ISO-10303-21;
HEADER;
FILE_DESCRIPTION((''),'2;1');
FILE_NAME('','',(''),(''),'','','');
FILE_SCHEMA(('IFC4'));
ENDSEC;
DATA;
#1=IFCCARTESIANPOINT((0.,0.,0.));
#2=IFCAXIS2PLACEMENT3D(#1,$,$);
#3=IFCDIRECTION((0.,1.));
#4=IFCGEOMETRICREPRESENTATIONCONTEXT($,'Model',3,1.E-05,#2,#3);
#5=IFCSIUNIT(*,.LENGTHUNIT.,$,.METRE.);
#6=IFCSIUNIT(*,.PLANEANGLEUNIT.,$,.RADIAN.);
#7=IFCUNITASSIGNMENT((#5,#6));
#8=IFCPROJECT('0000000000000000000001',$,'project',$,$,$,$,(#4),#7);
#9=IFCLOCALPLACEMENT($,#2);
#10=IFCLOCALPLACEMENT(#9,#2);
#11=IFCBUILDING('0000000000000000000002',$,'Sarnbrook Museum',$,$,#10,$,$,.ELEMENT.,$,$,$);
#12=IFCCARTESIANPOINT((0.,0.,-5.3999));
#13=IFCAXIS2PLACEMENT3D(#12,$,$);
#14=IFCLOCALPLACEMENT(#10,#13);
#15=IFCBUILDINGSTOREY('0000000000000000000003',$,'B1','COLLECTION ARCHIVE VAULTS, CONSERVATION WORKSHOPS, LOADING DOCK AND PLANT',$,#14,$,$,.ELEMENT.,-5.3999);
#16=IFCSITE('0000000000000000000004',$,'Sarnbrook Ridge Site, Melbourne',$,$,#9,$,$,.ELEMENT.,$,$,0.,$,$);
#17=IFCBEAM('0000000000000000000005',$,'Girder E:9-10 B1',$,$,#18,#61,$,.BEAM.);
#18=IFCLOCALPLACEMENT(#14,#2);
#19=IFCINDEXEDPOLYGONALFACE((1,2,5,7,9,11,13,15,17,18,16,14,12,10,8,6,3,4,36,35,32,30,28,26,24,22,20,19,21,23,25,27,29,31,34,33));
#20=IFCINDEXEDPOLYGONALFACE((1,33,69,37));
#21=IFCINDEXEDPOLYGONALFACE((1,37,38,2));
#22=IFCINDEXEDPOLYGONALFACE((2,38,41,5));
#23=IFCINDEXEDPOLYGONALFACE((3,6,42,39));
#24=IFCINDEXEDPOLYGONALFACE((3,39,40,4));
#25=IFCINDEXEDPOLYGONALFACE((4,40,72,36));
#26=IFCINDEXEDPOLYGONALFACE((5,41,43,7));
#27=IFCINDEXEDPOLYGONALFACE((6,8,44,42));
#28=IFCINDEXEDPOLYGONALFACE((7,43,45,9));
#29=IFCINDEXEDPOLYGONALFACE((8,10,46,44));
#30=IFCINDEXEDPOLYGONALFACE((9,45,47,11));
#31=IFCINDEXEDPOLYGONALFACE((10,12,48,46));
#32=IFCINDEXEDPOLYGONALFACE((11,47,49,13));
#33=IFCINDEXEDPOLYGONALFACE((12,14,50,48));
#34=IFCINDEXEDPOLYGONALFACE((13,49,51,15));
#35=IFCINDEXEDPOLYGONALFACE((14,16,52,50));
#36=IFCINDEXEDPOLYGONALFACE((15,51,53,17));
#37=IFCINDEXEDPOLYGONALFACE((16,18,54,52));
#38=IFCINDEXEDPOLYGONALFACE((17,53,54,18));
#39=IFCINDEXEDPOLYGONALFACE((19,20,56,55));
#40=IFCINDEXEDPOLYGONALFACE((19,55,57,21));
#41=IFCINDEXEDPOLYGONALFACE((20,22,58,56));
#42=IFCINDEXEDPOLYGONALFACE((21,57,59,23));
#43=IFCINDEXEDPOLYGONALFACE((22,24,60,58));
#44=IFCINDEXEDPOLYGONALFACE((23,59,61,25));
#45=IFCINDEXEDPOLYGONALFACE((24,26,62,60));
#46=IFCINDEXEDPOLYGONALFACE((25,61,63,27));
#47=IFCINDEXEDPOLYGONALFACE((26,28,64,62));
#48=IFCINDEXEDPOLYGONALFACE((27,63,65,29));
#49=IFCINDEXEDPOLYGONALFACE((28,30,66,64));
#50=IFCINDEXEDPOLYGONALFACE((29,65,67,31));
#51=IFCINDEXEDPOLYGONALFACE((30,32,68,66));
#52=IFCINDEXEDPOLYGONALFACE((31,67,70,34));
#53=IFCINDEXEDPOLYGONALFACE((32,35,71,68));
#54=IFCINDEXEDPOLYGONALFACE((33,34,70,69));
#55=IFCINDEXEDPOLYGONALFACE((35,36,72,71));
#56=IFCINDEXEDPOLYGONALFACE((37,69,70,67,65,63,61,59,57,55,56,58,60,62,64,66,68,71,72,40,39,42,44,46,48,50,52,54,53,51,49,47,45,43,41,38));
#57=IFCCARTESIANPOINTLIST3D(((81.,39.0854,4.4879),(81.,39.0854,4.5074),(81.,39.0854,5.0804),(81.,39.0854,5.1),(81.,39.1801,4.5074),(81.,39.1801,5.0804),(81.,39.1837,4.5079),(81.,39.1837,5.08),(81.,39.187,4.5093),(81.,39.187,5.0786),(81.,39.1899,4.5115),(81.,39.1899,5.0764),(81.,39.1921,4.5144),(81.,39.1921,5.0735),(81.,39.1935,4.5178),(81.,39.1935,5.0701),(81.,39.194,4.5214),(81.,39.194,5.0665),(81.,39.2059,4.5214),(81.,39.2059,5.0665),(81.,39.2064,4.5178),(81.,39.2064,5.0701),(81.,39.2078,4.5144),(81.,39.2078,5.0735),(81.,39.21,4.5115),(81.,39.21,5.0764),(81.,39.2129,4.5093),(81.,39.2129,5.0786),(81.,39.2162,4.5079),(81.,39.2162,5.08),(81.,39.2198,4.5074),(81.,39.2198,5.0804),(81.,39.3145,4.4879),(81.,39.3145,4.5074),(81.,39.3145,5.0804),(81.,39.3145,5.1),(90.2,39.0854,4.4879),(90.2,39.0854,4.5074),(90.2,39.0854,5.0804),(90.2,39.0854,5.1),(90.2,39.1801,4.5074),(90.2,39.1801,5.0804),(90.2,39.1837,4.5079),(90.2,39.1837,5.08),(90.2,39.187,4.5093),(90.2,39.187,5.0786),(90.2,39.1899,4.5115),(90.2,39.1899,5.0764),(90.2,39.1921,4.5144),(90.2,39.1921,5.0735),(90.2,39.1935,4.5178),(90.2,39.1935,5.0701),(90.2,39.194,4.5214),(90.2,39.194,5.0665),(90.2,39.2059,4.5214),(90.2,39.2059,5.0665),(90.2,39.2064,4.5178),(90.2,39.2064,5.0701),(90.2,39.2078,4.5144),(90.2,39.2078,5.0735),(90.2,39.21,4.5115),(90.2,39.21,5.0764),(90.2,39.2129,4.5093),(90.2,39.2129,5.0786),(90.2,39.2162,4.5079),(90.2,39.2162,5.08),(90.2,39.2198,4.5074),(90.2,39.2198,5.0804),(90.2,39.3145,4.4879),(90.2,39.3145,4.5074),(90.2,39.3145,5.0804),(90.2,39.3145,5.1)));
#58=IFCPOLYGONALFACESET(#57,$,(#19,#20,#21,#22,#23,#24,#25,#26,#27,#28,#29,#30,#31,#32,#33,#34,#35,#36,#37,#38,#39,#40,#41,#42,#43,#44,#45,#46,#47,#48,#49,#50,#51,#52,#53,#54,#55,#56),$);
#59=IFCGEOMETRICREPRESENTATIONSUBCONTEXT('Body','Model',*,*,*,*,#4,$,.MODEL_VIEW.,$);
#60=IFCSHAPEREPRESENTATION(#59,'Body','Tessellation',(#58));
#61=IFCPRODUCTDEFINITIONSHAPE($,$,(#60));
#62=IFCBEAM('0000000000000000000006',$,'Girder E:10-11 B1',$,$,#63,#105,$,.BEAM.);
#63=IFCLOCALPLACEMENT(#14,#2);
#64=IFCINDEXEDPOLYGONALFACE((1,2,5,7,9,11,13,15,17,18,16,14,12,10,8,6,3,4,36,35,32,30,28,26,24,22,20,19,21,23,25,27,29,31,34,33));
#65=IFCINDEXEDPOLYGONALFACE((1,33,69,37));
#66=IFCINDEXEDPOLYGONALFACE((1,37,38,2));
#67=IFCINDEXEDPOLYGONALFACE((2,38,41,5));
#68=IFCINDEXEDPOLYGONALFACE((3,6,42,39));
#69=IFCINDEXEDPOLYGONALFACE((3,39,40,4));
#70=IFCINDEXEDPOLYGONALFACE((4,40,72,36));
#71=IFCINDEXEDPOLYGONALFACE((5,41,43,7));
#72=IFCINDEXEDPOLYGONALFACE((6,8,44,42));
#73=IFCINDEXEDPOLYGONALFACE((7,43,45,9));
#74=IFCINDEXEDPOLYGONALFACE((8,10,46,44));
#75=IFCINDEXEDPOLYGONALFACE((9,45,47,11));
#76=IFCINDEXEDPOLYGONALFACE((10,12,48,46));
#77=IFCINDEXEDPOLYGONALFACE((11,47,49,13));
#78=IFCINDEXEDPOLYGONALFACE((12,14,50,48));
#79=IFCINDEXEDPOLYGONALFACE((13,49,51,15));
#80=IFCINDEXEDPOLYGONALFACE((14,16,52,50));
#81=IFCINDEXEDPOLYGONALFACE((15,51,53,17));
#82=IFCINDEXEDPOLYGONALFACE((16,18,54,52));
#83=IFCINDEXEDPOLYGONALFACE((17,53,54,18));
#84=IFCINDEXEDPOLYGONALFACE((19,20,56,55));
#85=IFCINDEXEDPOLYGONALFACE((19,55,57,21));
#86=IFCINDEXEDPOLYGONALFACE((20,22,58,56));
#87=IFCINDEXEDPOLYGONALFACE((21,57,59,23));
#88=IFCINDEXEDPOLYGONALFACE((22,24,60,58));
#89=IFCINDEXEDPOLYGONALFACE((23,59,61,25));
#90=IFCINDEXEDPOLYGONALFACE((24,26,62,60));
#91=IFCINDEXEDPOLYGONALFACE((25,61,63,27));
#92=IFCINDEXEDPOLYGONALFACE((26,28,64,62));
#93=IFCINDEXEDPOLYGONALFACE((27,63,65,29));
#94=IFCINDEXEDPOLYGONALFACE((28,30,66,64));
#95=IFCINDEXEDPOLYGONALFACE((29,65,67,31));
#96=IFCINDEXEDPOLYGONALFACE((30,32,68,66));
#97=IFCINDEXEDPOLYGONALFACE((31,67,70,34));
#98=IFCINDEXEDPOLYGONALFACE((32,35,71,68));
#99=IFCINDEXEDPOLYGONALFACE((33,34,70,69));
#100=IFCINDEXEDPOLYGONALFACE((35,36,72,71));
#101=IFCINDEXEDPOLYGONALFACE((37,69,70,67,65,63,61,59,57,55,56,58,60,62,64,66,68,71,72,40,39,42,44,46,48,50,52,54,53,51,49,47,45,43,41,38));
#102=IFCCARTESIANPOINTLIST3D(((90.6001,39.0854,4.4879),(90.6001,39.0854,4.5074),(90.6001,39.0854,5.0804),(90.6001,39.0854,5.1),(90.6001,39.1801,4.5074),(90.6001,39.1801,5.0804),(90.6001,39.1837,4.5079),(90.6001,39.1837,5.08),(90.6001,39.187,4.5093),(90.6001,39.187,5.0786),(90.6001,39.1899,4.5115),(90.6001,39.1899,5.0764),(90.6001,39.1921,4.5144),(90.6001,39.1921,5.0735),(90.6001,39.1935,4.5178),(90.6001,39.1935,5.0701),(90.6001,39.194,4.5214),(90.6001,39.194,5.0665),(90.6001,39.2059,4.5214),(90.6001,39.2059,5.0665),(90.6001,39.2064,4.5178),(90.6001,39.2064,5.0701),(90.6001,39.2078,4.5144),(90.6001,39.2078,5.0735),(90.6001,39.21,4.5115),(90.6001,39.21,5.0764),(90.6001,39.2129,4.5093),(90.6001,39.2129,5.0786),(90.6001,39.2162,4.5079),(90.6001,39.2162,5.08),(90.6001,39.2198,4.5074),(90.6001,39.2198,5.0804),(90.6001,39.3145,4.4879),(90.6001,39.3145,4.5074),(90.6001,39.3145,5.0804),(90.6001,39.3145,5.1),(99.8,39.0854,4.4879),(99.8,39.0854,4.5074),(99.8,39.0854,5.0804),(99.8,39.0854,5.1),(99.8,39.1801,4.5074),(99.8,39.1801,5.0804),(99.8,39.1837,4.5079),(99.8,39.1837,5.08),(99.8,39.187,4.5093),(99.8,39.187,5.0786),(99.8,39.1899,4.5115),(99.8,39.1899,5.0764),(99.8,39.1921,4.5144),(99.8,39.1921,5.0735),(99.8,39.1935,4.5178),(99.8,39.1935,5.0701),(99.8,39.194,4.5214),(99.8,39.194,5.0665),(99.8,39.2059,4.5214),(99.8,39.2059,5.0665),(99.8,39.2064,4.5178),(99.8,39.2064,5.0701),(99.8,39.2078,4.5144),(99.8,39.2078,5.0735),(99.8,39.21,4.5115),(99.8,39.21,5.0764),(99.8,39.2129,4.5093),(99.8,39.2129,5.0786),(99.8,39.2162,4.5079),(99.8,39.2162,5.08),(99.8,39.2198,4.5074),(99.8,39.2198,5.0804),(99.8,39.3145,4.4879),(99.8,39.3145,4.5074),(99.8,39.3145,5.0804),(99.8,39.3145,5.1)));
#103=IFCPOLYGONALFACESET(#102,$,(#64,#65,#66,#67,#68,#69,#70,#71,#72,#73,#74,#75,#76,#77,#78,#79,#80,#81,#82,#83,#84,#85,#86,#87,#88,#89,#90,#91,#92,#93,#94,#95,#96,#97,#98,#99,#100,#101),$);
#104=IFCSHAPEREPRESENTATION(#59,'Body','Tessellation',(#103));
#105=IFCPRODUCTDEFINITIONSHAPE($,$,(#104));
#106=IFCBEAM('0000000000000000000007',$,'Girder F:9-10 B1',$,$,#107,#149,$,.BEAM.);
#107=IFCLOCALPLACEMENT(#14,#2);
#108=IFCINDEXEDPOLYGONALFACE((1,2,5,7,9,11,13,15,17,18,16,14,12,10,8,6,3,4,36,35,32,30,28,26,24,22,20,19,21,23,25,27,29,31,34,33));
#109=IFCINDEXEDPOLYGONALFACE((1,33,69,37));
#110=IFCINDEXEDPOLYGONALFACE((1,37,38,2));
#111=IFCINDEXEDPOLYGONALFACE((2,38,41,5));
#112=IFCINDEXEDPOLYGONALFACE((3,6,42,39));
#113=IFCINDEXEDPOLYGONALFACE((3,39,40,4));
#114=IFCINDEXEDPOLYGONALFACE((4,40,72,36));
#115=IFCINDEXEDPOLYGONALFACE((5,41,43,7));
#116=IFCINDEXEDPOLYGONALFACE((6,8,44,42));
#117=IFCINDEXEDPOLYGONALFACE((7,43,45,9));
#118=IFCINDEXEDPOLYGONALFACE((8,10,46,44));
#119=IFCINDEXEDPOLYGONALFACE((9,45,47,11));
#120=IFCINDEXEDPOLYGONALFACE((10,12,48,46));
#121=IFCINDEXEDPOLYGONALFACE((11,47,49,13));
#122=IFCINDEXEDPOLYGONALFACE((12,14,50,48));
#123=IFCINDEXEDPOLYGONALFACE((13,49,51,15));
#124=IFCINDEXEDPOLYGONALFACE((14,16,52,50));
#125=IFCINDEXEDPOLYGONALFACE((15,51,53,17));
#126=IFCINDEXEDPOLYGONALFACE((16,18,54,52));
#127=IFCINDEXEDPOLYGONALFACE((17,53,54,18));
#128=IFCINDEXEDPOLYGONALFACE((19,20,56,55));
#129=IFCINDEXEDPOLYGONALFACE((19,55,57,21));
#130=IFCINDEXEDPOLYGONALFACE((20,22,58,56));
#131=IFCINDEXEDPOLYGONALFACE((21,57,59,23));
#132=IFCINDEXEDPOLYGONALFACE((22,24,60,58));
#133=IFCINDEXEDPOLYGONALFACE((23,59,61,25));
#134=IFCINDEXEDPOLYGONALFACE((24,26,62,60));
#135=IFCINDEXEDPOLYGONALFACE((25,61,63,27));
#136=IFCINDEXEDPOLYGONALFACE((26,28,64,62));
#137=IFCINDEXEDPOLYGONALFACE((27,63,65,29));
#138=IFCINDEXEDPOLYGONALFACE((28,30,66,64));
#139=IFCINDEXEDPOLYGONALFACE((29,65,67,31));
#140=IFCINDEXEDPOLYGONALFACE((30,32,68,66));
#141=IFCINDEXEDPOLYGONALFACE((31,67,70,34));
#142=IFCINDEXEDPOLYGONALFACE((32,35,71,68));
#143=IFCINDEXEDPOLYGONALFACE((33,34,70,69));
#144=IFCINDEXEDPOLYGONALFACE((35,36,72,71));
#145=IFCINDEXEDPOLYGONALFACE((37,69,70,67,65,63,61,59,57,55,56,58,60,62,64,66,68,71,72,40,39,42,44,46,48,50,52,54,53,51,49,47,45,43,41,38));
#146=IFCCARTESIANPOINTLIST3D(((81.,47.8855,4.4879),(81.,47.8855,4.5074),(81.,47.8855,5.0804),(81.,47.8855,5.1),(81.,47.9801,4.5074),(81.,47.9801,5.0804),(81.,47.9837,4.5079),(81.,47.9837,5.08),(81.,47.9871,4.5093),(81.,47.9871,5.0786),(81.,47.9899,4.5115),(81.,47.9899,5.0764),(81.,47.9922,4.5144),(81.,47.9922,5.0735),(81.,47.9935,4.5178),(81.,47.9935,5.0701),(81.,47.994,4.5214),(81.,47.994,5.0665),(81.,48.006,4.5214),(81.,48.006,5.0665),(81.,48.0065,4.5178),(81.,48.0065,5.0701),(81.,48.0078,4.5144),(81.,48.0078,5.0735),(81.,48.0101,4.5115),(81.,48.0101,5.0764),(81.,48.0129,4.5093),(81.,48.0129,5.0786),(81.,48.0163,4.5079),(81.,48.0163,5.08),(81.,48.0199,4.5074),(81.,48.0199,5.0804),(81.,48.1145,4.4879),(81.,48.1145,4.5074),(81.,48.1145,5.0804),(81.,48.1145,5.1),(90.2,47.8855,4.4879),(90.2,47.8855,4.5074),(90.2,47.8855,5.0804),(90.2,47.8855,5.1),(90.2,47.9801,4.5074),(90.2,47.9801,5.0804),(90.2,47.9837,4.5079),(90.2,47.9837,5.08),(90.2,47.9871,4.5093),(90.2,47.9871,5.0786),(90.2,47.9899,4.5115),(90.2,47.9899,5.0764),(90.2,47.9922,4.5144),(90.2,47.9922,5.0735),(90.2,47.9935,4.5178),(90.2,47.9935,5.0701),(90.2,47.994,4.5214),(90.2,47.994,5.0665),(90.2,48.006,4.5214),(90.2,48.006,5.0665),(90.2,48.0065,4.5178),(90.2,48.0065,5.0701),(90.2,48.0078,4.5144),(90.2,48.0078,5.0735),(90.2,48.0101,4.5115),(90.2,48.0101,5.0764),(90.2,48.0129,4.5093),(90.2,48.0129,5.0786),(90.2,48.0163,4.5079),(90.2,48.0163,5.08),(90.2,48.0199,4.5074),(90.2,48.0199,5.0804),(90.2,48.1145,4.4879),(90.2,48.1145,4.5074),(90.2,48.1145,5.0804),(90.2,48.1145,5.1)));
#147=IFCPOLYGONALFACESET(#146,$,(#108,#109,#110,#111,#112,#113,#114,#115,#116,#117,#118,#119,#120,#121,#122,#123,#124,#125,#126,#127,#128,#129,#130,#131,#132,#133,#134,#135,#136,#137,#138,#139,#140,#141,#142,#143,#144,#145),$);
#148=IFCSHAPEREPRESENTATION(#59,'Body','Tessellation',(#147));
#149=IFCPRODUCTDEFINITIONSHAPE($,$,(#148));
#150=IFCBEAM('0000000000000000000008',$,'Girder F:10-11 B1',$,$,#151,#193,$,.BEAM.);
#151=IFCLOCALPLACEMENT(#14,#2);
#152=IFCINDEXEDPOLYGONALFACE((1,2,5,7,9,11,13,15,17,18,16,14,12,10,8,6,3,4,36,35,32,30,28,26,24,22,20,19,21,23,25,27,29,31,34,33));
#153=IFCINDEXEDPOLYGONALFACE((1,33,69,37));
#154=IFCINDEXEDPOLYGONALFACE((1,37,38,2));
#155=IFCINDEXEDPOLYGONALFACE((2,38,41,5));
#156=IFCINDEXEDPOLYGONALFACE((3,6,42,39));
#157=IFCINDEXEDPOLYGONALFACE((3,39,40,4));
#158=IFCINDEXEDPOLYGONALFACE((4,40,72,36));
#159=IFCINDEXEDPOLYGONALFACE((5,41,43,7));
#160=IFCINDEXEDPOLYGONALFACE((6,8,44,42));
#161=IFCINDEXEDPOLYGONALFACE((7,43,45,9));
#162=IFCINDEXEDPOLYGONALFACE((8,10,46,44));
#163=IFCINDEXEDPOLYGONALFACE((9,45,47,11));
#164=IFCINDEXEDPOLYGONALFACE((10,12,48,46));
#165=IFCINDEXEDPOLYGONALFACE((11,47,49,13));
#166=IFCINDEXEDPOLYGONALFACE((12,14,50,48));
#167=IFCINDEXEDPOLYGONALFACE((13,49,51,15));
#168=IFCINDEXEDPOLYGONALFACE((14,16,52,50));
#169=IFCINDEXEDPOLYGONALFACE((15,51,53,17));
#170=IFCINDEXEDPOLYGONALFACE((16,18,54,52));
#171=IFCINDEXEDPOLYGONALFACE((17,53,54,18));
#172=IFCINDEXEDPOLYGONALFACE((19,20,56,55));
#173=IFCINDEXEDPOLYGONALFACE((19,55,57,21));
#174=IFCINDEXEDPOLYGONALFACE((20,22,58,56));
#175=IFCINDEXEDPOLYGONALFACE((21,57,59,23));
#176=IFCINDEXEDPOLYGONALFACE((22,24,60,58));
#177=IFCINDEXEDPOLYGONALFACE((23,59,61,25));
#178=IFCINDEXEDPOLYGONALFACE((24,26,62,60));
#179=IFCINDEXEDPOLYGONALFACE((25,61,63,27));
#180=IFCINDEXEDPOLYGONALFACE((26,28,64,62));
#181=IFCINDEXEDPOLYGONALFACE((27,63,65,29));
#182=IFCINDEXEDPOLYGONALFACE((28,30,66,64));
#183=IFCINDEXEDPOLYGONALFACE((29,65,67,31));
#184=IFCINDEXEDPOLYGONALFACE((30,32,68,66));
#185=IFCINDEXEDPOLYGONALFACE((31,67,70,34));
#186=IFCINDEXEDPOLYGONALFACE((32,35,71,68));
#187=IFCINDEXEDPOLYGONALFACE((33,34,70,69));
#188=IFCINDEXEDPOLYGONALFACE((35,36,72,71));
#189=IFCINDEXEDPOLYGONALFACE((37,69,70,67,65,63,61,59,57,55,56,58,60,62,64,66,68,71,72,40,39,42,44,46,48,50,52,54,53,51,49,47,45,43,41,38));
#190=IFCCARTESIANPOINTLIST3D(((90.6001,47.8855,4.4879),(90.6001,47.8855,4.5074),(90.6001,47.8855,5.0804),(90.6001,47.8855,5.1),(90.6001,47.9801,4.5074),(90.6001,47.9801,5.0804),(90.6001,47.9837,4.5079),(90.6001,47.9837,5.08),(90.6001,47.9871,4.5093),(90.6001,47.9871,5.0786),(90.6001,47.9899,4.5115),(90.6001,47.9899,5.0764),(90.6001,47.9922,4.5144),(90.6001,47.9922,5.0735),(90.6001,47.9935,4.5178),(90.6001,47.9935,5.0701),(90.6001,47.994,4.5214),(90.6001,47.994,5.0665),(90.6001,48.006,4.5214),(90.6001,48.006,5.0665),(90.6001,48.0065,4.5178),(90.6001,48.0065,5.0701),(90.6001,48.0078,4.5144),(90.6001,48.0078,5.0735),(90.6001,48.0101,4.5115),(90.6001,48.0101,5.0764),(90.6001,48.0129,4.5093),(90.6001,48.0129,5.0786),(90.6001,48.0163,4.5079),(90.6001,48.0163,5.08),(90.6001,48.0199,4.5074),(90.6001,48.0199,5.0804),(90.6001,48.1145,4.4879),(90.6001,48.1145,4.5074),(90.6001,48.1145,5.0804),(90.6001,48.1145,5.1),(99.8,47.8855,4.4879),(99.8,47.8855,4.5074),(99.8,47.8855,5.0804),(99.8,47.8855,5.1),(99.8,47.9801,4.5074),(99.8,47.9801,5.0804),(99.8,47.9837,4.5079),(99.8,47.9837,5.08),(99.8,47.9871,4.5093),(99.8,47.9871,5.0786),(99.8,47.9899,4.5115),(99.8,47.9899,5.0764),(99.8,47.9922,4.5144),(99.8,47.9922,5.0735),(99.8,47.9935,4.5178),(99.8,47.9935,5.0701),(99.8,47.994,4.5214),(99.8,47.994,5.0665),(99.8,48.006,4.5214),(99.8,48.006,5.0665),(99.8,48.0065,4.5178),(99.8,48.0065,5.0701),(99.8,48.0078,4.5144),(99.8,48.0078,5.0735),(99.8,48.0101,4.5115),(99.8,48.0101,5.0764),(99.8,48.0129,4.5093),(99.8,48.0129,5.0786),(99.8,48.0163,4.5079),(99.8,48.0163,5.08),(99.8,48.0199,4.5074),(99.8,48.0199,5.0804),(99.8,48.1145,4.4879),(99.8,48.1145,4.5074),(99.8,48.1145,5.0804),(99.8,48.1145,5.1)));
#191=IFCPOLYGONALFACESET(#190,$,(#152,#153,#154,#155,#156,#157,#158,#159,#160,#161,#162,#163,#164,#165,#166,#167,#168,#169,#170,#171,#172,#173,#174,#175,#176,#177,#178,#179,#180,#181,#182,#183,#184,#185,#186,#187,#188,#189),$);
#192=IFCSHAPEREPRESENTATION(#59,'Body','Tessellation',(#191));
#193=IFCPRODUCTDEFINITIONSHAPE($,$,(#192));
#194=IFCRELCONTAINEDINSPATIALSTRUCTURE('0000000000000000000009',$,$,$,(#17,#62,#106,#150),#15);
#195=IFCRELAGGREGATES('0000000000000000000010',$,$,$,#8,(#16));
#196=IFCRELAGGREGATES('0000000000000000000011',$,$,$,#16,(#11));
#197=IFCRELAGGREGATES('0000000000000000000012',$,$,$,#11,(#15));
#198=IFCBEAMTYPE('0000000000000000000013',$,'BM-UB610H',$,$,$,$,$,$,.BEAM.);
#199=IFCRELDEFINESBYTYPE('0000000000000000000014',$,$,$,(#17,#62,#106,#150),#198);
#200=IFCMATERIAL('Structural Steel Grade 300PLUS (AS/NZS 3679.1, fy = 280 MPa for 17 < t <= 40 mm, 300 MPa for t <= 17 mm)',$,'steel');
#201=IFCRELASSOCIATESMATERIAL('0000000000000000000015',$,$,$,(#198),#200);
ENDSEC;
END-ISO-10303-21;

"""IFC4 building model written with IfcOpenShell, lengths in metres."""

from ifc_helpers import new_model, si_unit, direction, frame, origin, origin_2d, place, context, subcontext, project, spatial, i_section, extrude, material, material_profile, profile_set, type_object, element, save


model = new_model("IFC4")

# Units and contexts
model_context = context("Model", 3, precision=1e-05, world=origin(), true_north=direction((0.0, 1.0)))
body_context = subcontext(model_context, "Body", "Model", "MODEL_VIEW")
ifc_project = project(units=[si_unit("LENGTHUNIT", "METRE"), si_unit("PLANEANGLEUNIT", "RADIAN")], contexts=[model_context])

# Site, building, storey
site_placement = place(None, origin())
site = spatial("IfcSite", under=ifc_project, at=site_placement, Name="Sarnbrook Ridge Site, Melbourne", CompositionType="ELEMENT", RefElevation=0.0)
building_placement = place(site_placement, origin())
building = spatial("IfcBuilding", under=site, at=building_placement, Name="Sarnbrook Museum", CompositionType="ELEMENT")
storey_placement = place(building_placement, frame((0.0, 0.0, -5.3999)))
storey = spatial("IfcBuildingStorey", under=building, at=storey_placement, Name="B1", Description="COLLECTION ARCHIVE VAULTS, CONSERVATION WORKSHOPS, LOADING DOCK AND PLANT", CompositionType="ELEMENT", Elevation=-5.3999)

# Beams
ifc_material_1 = material(Name="Structural Steel Grade 300PLUS (AS/NZS 3679.1, fy = 280 MPa for 17 < t <= 40 mm, 300 MPa for t <= 17 mm)", Category="steel")
ifc_material_profile_1 = material_profile(ifc_material_1, i_section(OverallWidth=0.229, OverallDepth=0.6121, WebThickness=0.012, FlangeThickness=0.0195, FilletRadius=0.0139, at=origin_2d()), Name="610UB125")
ifc_profile_set_1 = profile_set([ifc_material_profile_1], Name="Structural Steel Grade 300PLUS (AS/NZS 3679.1, fy = 280 MPa for 17 < t <= 40 mm, 300 MPa for t <= 17 mm)")
beam_type_1 = type_object("IfcBeamType", Name="BM-UB610H", PredefinedType="BEAM", material=ifc_profile_set_1)
for number, where, z_axis, x_axis, name in (
    (1, (81.0, 39.2, 4.7939), (1.0, 0.0, 0.0), (0.0, 1.0, 0.0), "Girder E:9-10 B1"),
    (2, (90.6001, 39.2, 4.7939), (1.0, 0.0, 0.0), (0.0, 1.0, 0.0), "Girder E:10-11 B1"),
    (3, (81.0, 48.0, 4.7939), (1.0, 0.0, 0.0), (0.0, 1.0, 0.0), "Girder F:9-10 B1"),
    (4, (90.6001, 48.0, 4.7939), (1.0, 0.0, 0.0), (0.0, 1.0, 0.0), "Girder F:10-11 B1"),
):
    element("IfcBeam", number, at=place(storey_placement, frame(where, z_axis=z_axis, x_axis=x_axis)), inside=storey, type_object=beam_type_1, Name=name, PredefinedType="BEAM", context=body_context, shape_type="SweptSolid", body=[
        extrude(i_section(OverallWidth=0.229, OverallDepth=0.6121, WebThickness=0.012, FlangeThickness=0.0195, FilletRadius=0.0139, at=origin_2d()), origin(), (0.0, 0.0, 1.0), 9.2),
    ])

save(model, "model.ifc")
